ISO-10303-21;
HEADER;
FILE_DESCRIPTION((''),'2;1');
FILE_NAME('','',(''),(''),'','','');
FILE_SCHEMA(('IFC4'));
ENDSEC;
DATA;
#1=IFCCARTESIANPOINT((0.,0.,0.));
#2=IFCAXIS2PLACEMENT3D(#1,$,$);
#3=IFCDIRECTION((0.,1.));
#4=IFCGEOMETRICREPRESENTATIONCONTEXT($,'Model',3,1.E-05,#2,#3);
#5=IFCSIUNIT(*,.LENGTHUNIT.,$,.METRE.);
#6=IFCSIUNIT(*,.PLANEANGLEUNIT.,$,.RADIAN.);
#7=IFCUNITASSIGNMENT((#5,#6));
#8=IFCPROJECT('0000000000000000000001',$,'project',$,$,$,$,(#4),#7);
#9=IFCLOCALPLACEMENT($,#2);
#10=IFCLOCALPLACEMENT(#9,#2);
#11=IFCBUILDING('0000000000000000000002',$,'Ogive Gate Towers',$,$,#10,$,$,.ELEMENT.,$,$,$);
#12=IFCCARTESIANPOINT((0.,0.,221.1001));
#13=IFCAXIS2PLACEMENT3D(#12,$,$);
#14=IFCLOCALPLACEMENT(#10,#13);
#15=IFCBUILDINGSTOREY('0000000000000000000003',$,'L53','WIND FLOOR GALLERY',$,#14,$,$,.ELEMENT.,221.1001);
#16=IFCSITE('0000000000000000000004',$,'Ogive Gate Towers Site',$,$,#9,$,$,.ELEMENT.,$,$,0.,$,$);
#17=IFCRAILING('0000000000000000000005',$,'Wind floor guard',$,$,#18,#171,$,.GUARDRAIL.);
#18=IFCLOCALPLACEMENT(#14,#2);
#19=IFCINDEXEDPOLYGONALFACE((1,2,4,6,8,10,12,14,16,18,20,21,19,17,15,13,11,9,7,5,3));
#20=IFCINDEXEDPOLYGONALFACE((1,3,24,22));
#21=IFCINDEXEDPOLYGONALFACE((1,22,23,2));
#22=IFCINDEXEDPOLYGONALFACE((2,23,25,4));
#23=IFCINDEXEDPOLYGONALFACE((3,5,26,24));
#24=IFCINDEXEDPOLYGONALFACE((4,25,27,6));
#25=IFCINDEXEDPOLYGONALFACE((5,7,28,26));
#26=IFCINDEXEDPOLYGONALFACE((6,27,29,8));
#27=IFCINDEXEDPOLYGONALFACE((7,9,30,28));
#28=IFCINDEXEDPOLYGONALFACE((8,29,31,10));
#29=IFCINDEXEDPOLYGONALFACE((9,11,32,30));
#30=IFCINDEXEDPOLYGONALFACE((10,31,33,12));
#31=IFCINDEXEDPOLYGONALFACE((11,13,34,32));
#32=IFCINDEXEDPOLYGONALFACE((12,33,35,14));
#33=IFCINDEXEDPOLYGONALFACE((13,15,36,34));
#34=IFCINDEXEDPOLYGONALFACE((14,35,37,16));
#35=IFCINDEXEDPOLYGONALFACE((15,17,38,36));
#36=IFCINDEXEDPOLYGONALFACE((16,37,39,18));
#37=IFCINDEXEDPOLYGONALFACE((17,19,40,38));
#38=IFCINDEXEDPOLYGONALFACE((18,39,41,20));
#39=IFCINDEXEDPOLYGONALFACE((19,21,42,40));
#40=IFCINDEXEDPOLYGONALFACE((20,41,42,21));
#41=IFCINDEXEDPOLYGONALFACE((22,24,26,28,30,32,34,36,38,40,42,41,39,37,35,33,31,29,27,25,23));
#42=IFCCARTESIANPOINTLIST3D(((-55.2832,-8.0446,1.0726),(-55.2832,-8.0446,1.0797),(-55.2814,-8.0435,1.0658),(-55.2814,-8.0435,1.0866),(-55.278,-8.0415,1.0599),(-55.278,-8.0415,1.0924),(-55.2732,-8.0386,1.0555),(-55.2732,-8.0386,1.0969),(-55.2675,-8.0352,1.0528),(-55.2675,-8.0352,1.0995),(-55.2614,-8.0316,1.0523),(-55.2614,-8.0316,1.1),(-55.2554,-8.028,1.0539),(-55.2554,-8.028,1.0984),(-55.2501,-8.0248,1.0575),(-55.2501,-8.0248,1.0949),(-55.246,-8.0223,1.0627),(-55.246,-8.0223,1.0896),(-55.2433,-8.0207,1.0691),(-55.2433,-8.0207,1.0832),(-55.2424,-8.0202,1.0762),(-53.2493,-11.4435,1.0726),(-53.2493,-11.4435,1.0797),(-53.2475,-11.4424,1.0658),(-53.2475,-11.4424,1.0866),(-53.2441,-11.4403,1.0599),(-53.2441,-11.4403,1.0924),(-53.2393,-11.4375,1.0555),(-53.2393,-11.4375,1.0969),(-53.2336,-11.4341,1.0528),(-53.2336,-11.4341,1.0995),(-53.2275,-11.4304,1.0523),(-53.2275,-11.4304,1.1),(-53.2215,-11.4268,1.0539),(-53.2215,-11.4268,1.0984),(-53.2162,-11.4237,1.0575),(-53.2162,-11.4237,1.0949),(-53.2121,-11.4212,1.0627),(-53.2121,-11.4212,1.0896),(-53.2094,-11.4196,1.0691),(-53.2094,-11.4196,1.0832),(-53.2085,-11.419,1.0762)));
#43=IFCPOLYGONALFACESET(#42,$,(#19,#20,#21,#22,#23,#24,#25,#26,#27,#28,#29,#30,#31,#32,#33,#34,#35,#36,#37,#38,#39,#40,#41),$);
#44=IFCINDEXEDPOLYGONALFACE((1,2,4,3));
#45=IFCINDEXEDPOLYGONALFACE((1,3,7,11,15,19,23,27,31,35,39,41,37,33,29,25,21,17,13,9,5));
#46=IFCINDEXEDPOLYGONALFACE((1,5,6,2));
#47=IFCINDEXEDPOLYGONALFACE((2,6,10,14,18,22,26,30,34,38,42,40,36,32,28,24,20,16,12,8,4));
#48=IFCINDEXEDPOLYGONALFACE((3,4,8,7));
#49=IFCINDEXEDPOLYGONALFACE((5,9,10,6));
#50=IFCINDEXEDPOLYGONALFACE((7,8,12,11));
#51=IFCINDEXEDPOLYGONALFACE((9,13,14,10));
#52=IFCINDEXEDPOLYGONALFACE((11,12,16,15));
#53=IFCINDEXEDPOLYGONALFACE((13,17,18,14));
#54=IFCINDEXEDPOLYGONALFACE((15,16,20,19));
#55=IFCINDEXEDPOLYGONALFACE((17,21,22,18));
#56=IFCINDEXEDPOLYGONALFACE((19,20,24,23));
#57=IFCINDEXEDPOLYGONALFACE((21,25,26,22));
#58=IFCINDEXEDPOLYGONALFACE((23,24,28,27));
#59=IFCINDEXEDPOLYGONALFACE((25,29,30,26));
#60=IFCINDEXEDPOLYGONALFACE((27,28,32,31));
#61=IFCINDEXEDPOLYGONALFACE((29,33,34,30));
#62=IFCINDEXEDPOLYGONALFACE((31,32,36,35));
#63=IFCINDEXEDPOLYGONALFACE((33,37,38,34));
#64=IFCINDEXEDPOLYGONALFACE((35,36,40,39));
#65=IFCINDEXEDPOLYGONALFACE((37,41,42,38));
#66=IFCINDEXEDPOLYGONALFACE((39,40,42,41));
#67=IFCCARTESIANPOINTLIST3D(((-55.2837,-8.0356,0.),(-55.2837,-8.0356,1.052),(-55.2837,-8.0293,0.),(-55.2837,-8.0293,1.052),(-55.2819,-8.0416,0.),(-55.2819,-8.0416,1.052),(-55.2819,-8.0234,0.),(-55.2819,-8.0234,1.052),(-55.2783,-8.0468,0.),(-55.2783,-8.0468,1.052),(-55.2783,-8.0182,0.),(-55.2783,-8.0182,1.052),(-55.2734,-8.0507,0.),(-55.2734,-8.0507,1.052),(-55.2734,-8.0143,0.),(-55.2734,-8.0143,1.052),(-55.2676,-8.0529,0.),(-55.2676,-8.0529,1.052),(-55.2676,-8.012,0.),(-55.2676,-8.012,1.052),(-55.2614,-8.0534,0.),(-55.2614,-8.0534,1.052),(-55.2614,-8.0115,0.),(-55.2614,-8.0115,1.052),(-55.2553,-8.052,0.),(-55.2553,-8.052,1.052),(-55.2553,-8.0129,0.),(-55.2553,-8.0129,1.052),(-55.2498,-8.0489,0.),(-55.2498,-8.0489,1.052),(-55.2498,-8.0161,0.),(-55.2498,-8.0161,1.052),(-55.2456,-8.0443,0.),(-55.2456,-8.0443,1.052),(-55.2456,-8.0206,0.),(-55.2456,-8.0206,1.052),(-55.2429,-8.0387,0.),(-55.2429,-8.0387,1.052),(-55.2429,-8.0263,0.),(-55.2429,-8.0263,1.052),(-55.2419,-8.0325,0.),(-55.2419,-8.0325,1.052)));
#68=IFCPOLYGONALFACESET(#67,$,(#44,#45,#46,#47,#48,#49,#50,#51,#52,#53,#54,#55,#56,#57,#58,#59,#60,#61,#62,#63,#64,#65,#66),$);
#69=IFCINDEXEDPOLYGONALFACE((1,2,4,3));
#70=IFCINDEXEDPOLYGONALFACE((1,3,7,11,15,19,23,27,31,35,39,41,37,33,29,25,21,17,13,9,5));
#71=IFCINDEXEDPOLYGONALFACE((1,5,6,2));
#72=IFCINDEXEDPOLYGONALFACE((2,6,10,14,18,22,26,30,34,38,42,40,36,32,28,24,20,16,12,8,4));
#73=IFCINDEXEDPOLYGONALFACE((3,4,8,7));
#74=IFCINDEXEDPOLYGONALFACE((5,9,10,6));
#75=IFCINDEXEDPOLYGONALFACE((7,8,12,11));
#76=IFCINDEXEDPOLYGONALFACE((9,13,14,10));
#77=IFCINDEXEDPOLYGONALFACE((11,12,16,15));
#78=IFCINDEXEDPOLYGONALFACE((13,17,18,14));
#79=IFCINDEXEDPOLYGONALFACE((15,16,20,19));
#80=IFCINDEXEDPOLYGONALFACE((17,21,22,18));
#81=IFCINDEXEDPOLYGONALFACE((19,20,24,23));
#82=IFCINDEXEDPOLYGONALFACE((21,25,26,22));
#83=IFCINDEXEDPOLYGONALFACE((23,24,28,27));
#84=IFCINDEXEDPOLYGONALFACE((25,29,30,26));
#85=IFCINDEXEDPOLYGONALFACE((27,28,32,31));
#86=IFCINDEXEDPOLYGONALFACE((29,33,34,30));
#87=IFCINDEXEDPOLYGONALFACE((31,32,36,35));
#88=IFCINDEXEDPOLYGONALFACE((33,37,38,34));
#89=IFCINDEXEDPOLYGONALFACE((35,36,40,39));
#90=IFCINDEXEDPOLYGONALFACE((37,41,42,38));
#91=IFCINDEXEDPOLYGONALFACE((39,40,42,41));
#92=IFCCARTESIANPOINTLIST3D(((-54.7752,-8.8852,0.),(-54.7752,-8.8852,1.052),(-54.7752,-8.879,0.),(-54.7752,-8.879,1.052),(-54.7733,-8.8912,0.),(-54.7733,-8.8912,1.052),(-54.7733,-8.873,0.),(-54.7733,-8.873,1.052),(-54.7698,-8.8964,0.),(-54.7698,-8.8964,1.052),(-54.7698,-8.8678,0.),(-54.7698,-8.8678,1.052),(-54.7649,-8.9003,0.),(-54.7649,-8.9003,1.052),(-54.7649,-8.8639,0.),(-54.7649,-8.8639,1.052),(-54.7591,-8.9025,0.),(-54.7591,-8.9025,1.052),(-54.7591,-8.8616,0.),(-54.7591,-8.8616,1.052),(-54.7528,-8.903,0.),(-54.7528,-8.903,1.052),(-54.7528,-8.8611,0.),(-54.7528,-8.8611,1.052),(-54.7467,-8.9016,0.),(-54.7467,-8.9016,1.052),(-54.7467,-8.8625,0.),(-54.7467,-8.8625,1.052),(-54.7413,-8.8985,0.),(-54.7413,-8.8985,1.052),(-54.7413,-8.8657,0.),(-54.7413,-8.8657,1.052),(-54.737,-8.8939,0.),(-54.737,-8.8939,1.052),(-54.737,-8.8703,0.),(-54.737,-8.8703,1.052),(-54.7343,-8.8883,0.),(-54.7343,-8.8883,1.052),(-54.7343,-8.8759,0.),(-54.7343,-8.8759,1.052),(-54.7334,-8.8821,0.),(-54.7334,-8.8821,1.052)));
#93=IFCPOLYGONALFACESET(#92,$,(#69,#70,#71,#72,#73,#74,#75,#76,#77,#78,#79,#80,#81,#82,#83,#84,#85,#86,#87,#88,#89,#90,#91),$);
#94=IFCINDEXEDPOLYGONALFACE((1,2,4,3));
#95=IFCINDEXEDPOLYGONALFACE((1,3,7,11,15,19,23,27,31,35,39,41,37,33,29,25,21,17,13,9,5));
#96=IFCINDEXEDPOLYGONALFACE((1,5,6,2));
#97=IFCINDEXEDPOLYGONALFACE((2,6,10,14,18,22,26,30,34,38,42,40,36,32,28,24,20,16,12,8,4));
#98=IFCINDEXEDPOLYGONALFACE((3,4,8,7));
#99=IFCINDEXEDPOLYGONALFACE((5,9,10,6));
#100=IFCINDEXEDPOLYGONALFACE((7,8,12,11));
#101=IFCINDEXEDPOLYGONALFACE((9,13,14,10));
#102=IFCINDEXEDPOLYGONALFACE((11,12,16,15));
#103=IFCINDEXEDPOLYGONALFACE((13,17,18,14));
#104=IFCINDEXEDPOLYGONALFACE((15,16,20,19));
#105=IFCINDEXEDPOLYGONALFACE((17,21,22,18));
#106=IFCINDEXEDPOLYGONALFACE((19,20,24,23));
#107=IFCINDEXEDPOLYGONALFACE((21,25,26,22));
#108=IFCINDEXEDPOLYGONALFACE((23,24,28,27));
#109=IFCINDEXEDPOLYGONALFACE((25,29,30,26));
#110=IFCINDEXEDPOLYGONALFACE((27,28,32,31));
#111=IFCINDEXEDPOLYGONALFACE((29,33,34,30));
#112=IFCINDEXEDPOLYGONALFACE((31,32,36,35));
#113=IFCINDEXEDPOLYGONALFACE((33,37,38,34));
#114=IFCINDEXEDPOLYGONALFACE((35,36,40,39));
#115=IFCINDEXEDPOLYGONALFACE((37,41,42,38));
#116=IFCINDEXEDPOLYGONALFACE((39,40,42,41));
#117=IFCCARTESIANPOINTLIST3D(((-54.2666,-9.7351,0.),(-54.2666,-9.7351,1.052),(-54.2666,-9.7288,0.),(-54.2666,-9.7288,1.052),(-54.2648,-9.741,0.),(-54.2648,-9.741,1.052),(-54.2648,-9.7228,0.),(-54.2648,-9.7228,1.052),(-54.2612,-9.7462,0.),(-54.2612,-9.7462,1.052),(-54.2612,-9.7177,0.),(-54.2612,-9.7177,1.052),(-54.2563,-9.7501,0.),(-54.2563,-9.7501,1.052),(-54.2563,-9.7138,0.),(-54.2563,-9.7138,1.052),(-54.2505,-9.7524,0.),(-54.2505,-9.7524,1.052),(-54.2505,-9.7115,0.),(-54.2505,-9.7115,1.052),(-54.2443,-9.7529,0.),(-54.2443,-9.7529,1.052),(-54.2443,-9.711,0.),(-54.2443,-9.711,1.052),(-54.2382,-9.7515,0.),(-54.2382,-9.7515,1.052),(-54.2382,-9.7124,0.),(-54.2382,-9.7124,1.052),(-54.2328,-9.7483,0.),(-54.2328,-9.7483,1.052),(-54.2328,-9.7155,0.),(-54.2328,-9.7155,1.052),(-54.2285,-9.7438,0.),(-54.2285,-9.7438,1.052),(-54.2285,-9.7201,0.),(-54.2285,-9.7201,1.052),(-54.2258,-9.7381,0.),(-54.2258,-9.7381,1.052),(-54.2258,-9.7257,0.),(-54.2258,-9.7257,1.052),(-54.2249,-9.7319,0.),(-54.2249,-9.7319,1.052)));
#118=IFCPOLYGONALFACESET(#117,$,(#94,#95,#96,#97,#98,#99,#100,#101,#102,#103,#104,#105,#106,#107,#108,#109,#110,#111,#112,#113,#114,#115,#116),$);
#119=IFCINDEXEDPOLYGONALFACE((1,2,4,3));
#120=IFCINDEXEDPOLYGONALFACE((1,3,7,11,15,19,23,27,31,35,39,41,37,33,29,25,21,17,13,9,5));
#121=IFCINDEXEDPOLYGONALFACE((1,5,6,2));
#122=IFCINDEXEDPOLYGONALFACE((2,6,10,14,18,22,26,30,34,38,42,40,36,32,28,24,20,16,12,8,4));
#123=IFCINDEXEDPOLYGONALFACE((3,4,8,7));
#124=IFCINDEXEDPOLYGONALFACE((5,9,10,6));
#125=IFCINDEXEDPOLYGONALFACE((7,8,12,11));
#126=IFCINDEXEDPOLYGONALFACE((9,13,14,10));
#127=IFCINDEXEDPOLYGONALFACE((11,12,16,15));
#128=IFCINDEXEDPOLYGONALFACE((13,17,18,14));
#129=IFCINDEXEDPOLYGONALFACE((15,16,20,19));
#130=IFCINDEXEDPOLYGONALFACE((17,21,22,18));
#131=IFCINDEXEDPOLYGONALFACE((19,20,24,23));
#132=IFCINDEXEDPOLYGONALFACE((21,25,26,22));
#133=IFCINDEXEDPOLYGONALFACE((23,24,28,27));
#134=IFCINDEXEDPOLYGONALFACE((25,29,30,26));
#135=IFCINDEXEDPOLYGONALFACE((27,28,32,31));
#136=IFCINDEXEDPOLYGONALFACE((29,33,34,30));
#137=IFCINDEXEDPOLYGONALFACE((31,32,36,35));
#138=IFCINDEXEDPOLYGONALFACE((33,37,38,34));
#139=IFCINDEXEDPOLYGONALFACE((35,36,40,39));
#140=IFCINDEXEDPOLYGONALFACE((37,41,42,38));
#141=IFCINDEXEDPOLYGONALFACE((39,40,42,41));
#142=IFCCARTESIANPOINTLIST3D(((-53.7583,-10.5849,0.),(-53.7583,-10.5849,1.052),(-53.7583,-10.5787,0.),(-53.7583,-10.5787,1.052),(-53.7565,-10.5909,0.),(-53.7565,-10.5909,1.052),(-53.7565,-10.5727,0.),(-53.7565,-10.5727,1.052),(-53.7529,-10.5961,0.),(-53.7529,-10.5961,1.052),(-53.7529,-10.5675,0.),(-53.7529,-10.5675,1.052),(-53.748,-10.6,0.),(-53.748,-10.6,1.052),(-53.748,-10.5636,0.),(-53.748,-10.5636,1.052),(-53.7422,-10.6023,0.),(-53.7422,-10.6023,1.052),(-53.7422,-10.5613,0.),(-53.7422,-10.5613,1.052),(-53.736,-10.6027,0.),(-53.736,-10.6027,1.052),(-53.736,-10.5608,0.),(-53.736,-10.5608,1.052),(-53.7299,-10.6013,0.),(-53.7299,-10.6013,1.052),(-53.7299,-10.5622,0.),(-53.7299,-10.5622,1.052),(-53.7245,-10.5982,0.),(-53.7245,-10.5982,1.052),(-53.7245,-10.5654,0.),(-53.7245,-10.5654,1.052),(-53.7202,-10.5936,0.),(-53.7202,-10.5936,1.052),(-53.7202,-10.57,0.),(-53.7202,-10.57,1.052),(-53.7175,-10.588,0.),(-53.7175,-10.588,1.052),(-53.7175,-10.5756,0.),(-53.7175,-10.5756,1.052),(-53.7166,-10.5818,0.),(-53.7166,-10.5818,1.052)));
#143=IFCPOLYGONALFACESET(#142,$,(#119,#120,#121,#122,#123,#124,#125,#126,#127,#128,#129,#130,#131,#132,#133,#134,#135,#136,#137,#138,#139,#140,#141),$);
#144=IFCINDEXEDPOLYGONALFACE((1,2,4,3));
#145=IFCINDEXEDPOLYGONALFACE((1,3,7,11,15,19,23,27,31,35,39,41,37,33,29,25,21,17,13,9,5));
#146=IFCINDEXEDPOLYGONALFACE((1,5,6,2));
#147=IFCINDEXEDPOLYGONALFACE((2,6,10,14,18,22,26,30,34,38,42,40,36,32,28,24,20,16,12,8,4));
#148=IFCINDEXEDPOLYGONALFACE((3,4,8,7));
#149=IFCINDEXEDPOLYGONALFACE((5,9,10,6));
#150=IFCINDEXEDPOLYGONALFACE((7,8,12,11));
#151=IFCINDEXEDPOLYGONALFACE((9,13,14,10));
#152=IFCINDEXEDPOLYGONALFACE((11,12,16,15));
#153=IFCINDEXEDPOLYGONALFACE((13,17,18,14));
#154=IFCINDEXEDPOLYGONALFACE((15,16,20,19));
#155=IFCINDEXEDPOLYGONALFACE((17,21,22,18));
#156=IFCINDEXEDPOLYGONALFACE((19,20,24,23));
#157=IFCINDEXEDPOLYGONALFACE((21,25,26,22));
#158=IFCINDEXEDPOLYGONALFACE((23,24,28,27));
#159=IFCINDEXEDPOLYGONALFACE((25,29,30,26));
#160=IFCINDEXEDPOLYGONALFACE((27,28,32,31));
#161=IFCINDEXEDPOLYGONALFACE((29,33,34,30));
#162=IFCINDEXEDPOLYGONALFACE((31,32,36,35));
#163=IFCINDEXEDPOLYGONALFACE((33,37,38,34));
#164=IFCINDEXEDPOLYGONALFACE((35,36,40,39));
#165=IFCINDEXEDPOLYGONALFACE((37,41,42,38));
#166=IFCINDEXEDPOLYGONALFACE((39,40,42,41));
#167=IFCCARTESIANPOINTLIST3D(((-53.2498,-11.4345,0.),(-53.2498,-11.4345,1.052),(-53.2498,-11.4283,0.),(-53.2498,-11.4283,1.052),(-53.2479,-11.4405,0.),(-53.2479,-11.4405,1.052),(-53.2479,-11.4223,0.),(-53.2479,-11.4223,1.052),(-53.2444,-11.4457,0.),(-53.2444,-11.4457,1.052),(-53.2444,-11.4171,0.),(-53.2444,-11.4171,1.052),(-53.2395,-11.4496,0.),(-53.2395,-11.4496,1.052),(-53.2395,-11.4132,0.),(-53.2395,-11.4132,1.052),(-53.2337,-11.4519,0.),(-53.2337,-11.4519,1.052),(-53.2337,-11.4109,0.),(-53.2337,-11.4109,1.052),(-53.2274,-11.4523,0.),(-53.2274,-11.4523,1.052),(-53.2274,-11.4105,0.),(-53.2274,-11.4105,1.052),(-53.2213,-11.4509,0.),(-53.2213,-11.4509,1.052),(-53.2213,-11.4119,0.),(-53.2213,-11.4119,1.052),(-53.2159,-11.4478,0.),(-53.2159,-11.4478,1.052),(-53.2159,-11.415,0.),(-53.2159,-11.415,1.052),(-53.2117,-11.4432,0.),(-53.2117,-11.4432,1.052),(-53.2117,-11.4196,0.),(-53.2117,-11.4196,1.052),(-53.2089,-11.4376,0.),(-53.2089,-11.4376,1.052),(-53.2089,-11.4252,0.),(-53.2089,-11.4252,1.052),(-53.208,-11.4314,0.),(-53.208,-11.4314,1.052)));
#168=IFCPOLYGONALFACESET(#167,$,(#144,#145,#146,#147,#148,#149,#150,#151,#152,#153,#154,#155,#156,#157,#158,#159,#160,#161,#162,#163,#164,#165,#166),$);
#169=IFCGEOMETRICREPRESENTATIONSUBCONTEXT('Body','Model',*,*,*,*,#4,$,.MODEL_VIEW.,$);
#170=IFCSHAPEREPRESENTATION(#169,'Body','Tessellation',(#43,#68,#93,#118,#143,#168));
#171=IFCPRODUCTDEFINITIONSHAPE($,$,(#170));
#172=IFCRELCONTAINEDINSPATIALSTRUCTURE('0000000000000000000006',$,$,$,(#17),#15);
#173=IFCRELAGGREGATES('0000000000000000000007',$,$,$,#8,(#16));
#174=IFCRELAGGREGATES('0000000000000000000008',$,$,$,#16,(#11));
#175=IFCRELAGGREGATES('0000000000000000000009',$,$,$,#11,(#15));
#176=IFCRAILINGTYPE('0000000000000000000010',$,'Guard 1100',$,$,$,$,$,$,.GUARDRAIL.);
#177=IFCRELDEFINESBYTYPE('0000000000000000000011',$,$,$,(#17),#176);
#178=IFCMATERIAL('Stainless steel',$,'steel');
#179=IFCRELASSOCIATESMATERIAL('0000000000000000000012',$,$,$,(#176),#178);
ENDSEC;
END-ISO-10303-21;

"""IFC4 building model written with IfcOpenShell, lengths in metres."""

from ifc_helpers import new_model, si_unit, direction, frame, origin, origin_2d, place, context, subcontext, project, spatial, circle, extrude, material, type_object, element, save


model = new_model("IFC4")

# Units and contexts
model_context = context("Model", 3, precision=1e-05, world=origin(), true_north=direction((0.0, 1.0)))
body_context = subcontext(model_context, "Body", "Model", "MODEL_VIEW")
ifc_project = project(units=[si_unit("LENGTHUNIT", "METRE"), si_unit("PLANEANGLEUNIT", "RADIAN")], contexts=[model_context])

# Site, building, storey
site_placement = place(None, origin())
site = spatial("IfcSite", under=ifc_project, at=site_placement, Name="Ogive Gate Towers Site", CompositionType="ELEMENT", RefElevation=0.0)
building_placement = place(site_placement, origin())
building = spatial("IfcBuilding", under=site, at=building_placement, Name="Ogive Gate Towers", CompositionType="ELEMENT")
storey_placement = place(building_placement, frame((0.0, 0.0, 221.1001)))
storey = spatial("IfcBuildingStorey", under=building, at=storey_placement, Name="L53", Description="WIND FLOOR GALLERY", CompositionType="ELEMENT", Elevation=221.1001)

# Railing
ifc_material_1 = material(Name="Stainless steel", Category="steel")
railing_type = type_object("IfcRailingType", Name="Guard 1100", PredefinedType="GUARDRAIL", material=ifc_material_1)
railing_1_placement = place(storey_placement, frame((-55.2629, -8.0325, 0.0)))
element("IfcRailing", 1, at=railing_1_placement, inside=storey, type_object=railing_type, Name="Wind floor guard", PredefinedType="GUARDRAIL", context=body_context, shape_type="SweptSolid", body=[
    extrude(circle(Radius=0.0239, at=origin_2d()), frame((0.0, 0.0, 1.0762), z_axis=(0.513489, -0.858096, 0.0), x_axis=(0.858096, 0.513489, 0.0)), (0.0, 0.0, 1.0), 3.9609),
    extrude(circle(Radius=0.021, at=origin_2d()), origin(), (0.0, 0.0, 1.0), 1.052),
    extrude(circle(Radius=0.021, at=origin_2d()), frame((0.5085, -0.8496, 0.0)), (0.0, 0.0, 1.0), 1.052),
    extrude(circle(Radius=0.021, at=origin_2d()), frame((1.0171, -1.6995, 0.0)), (0.0, 0.0, 1.0), 1.052),
    extrude(circle(Radius=0.021, at=origin_2d()), frame((1.5254, -2.5493, 0.0)), (0.0, 0.0, 1.0), 1.052),
    extrude(circle(Radius=0.021, at=origin_2d()), frame((2.0339, -3.3989, 0.0)), (0.0, 0.0, 1.0), 1.052),
])

save(model, "model.ifc")
